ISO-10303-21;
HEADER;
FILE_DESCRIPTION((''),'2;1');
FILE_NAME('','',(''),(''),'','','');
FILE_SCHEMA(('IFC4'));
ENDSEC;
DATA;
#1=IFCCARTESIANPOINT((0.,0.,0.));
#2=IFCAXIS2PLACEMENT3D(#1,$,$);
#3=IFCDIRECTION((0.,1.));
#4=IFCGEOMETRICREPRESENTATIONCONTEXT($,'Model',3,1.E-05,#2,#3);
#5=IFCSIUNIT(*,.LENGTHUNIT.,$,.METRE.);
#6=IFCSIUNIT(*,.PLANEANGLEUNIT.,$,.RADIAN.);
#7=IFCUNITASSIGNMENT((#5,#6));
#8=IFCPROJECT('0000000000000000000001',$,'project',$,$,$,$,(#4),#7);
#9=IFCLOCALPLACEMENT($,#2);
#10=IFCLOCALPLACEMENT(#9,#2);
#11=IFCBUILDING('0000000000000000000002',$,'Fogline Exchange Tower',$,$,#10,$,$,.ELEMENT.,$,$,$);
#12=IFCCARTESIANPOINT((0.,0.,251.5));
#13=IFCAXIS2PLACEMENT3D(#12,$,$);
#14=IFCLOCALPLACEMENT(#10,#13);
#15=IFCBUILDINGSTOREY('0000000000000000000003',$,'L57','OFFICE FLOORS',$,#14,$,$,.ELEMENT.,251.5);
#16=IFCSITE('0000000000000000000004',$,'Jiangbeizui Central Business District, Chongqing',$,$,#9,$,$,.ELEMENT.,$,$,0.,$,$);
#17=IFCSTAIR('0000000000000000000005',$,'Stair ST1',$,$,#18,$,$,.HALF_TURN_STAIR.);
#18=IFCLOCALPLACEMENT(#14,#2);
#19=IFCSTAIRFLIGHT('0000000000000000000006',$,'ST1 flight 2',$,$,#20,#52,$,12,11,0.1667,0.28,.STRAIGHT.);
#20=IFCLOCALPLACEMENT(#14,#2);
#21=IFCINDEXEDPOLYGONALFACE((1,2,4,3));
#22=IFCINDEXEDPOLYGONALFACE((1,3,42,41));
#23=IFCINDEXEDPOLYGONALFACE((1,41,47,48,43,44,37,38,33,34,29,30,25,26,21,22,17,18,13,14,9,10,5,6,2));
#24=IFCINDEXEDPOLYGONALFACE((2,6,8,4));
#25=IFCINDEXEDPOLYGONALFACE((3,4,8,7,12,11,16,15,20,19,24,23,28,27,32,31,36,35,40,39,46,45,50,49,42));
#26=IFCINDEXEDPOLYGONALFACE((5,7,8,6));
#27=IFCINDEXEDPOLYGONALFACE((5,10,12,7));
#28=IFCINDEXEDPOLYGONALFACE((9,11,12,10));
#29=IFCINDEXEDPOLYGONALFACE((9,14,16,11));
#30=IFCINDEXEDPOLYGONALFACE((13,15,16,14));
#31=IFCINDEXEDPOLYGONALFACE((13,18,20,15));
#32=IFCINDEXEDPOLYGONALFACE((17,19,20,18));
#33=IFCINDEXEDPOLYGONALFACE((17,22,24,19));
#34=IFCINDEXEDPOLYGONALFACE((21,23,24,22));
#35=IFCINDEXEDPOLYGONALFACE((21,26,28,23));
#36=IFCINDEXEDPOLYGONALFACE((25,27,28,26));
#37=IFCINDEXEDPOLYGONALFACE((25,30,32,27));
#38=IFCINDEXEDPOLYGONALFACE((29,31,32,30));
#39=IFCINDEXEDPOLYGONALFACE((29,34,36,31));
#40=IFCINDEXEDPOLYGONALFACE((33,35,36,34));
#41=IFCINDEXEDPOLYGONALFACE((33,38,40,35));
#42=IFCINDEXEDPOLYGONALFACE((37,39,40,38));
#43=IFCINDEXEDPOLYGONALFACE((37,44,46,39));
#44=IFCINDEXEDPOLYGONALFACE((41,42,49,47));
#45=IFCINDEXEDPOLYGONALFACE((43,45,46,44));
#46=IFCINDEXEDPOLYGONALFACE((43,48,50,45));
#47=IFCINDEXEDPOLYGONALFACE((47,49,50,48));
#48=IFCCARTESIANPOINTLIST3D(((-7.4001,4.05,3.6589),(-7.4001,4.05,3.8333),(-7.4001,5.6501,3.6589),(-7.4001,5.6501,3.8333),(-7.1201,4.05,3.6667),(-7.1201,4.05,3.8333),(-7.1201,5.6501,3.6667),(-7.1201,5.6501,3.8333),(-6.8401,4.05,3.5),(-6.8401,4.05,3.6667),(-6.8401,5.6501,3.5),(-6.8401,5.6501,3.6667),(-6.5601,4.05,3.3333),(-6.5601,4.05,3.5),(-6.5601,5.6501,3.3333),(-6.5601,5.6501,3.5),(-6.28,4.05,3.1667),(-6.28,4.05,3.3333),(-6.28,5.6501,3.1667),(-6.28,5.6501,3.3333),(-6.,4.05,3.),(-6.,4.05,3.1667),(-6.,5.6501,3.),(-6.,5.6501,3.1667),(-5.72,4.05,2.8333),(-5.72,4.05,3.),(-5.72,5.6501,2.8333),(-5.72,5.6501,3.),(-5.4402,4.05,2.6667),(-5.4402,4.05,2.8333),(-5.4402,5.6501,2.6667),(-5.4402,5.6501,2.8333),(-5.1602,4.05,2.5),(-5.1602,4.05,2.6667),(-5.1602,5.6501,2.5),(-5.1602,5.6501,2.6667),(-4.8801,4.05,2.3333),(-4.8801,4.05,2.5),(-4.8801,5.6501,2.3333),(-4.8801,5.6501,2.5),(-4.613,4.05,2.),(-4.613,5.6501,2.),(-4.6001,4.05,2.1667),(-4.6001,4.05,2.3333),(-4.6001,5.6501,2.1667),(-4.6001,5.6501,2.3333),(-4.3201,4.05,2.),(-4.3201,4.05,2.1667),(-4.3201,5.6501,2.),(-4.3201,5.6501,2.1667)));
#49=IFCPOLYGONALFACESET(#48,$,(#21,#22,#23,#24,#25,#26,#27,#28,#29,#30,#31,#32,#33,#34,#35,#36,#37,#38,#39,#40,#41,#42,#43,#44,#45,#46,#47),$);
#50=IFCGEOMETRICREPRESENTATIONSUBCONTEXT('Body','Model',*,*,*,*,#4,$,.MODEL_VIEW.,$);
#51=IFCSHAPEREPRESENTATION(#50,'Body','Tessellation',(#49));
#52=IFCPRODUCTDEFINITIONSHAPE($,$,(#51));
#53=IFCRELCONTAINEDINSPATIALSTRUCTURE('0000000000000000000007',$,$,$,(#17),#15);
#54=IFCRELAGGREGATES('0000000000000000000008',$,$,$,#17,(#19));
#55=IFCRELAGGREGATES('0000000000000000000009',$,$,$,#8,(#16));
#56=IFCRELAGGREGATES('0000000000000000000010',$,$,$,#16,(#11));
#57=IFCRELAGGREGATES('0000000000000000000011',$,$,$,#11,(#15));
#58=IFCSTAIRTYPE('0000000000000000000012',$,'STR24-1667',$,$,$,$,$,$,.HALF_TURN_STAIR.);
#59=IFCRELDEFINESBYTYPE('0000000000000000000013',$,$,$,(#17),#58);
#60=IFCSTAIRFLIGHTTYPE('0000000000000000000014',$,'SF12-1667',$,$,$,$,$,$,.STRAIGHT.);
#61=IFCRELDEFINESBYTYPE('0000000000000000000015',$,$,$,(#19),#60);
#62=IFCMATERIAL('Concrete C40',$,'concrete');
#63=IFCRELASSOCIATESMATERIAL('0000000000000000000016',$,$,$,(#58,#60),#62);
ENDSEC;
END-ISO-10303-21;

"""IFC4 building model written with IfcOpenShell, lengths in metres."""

from ifc_helpers import new_model, si_unit, direction, frame, origin, place, context, subcontext, project, spatial, polyline, outline, extrude, material, type_object, element, aggregate, save


model = new_model("IFC4")

# Units and contexts
model_context = context("Model", 3, precision=1e-05, world=origin(), true_north=direction((0.0, 1.0)))
body_context = subcontext(model_context, "Body", "Model", "MODEL_VIEW")
ifc_project = project(units=[si_unit("LENGTHUNIT", "METRE"), si_unit("PLANEANGLEUNIT", "RADIAN")], contexts=[model_context])

# Site, building, storey
site_placement = place(None, origin())
site = spatial("IfcSite", under=ifc_project, at=site_placement, Name="Jiangbeizui Central Business District, Chongqing", CompositionType="ELEMENT", RefElevation=0.0)
building_placement = place(site_placement, origin())
building = spatial("IfcBuilding", under=site, at=building_placement, Name="Fogline Exchange Tower", CompositionType="ELEMENT")
storey_placement = place(building_placement, frame((0.0, 0.0, 251.5)))
storey = spatial("IfcBuildingStorey", under=building, at=storey_placement, Name="L57", Description="OFFICE FLOORS", CompositionType="ELEMENT", Elevation=251.5)

# Shared definitions
ifc_material_1 = material(Name="Concrete C40", Category="concrete")

# Stair, stair flight
stair_type = type_object("IfcStairType", Name="STR24-1667", PredefinedType="HALF_TURN_STAIR", material=ifc_material_1)
stair_placement = place(storey_placement, origin())
stair = element("IfcStair", 1, at=stair_placement, inside=storey, type_object=stair_type, Name="Stair ST1", PredefinedType="HALF_TURN_STAIR")
stair_flight_type = type_object("IfcStairFlightType", Name="SF12-1667", PredefinedType="STRAIGHT", material=ifc_material_1)
stair_flight_placement = place(storey_placement, frame((-4.3201, 4.8501, 2.0), z_axis=(0.0, 0.0, 1.0), x_axis=(-1.0, 0.0, 0.0)))
stair_flight = element("IfcStairFlight", 2, at=stair_flight_placement, type_object=stair_flight_type, Name="ST1 flight 2", NumberOfRisers=12, NumberOfTreads=11, PredefinedType="STRAIGHT", RiserHeight=0.1667, TreadLength=0.28, context=body_context, shape_type="SweptSolid", body=[
    extrude(outline(polyline([(0.0, 0.0), (0.0, 0.1667), (0.28, 0.1667), (0.28, 0.3333), (0.5601, 0.3333), (0.5601, 0.5), (0.8401, 0.5), (0.8401, 0.6667), (1.1201, 0.6667), (1.1201, 0.8333), (1.3999, 0.8333), (1.3999, 1.0), (1.6799, 1.0), (1.6799, 1.1667), (1.96, 1.1667), (1.96, 1.3333), (2.24, 1.3333), (2.24, 1.5), (2.52, 1.5), (2.52, 1.6667), (2.8, 1.6667), (2.8, 1.8333), (3.0801, 1.8333), (3.0801, 2.0), (3.0801, 1.6589), (0.293, 0.0), (0.0, 0.0)])), frame((0.0, 0.8, 0.0), z_axis=(0.0, -1.0, 0.0), x_axis=(1.0, 0.0, 0.0)), (0.0, 0.0, 1.0), 1.6001),
])
aggregate(stair, [stair_flight])

save(model, "model.ifc")
